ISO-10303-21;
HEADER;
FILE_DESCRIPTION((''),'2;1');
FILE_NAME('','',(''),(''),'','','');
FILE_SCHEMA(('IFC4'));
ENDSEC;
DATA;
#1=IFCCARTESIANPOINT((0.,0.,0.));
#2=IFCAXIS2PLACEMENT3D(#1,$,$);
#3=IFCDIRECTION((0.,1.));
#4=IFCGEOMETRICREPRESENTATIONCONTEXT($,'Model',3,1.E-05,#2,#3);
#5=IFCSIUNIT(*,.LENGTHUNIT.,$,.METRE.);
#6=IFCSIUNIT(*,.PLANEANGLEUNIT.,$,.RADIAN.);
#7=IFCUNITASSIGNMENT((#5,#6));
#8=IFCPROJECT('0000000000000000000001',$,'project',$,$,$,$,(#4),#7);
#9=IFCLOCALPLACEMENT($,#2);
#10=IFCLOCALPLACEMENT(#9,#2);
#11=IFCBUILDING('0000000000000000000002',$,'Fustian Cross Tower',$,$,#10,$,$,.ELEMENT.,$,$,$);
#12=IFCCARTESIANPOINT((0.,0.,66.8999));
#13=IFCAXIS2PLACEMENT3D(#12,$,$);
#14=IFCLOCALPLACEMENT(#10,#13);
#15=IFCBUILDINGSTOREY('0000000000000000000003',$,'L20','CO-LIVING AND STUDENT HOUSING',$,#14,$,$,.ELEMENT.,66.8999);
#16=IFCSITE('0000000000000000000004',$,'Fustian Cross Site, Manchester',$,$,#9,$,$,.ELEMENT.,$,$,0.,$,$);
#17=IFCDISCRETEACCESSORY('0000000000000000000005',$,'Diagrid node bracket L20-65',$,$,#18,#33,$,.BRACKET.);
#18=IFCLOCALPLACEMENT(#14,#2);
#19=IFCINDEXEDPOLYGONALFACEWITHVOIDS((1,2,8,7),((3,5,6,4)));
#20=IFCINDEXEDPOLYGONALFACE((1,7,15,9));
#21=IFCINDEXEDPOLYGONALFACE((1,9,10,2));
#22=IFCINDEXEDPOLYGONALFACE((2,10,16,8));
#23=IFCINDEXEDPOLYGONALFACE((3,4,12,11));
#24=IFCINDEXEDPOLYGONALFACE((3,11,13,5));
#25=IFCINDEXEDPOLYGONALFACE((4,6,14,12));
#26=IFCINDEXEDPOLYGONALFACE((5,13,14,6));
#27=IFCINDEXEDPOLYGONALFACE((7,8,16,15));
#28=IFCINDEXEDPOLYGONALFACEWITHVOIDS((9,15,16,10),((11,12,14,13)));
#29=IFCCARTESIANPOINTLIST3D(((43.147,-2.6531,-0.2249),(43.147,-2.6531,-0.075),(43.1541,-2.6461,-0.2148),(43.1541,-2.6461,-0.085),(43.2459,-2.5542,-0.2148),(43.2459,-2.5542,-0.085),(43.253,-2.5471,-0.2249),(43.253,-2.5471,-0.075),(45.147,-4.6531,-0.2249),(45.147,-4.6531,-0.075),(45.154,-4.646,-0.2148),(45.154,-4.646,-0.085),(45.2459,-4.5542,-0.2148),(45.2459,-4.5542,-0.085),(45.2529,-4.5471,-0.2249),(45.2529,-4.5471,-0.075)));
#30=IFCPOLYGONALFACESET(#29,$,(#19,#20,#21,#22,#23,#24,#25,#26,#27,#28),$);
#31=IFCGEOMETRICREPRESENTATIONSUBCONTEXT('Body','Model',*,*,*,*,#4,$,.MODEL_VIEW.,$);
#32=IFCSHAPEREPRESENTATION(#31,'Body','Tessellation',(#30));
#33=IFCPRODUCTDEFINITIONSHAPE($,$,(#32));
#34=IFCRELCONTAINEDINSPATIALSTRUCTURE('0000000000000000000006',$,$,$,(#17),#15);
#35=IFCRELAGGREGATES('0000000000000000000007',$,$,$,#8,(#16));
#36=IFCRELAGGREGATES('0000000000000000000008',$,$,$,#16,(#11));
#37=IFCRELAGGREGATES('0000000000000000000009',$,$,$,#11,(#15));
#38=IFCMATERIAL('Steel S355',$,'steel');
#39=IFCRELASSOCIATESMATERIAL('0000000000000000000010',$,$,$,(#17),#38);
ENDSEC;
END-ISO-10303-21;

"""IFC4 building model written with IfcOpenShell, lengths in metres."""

from ifc_helpers import new_model, si_unit, direction, frame, origin, origin_2d, place, context, subcontext, project, spatial, hollow_rectangle, extrude, material, element, save


model = new_model("IFC4")

# Units and contexts
model_context = context("Model", 3, precision=1e-05, world=origin(), true_north=direction((0.0, 1.0)))
body_context = subcontext(model_context, "Body", "Model", "MODEL_VIEW")
ifc_project = project(units=[si_unit("LENGTHUNIT", "METRE"), si_unit("PLANEANGLEUNIT", "RADIAN")], contexts=[model_context])

# Site, building, storey
site_placement = place(None, origin())
site = spatial("IfcSite", under=ifc_project, at=site_placement, Name="Fustian Cross Site, Manchester", CompositionType="ELEMENT", RefElevation=0.0)
building_placement = place(site_placement, origin())
building = spatial("IfcBuilding", under=site, at=building_placement, Name="Fustian Cross Tower", CompositionType="ELEMENT")
storey_placement = place(building_placement, frame((0.0, 0.0, 66.8999)))
storey = spatial("IfcBuildingStorey", under=building, at=storey_placement, Name="L20", Description="CO-LIVING AND STUDENT HOUSING", CompositionType="ELEMENT", Elevation=66.8999)

# Discrete accessory
ifc_material_1 = material(Name="Steel S355", Category="steel")
discrete_accessory_1_placement = place(storey_placement, frame((45.2, -4.6001, -0.1499), z_axis=(-0.707107, 0.707107, 0.0), x_axis=(-0.707107, -0.707107, 0.0)))
element("IfcDiscreteAccessory", 1, at=discrete_accessory_1_placement, inside=storey, material=ifc_material_1, Name="Diagrid node bracket L20-65", PredefinedType="BRACKET", context=body_context, shape_type="SweptSolid", body=[
    extrude(hollow_rectangle(XDim=0.1499, YDim=0.1499, WallThickness=0.01, at=origin_2d()), origin(), (0.0, 0.0, 1.0), 2.8284),
])

save(model, "model.ifc")
